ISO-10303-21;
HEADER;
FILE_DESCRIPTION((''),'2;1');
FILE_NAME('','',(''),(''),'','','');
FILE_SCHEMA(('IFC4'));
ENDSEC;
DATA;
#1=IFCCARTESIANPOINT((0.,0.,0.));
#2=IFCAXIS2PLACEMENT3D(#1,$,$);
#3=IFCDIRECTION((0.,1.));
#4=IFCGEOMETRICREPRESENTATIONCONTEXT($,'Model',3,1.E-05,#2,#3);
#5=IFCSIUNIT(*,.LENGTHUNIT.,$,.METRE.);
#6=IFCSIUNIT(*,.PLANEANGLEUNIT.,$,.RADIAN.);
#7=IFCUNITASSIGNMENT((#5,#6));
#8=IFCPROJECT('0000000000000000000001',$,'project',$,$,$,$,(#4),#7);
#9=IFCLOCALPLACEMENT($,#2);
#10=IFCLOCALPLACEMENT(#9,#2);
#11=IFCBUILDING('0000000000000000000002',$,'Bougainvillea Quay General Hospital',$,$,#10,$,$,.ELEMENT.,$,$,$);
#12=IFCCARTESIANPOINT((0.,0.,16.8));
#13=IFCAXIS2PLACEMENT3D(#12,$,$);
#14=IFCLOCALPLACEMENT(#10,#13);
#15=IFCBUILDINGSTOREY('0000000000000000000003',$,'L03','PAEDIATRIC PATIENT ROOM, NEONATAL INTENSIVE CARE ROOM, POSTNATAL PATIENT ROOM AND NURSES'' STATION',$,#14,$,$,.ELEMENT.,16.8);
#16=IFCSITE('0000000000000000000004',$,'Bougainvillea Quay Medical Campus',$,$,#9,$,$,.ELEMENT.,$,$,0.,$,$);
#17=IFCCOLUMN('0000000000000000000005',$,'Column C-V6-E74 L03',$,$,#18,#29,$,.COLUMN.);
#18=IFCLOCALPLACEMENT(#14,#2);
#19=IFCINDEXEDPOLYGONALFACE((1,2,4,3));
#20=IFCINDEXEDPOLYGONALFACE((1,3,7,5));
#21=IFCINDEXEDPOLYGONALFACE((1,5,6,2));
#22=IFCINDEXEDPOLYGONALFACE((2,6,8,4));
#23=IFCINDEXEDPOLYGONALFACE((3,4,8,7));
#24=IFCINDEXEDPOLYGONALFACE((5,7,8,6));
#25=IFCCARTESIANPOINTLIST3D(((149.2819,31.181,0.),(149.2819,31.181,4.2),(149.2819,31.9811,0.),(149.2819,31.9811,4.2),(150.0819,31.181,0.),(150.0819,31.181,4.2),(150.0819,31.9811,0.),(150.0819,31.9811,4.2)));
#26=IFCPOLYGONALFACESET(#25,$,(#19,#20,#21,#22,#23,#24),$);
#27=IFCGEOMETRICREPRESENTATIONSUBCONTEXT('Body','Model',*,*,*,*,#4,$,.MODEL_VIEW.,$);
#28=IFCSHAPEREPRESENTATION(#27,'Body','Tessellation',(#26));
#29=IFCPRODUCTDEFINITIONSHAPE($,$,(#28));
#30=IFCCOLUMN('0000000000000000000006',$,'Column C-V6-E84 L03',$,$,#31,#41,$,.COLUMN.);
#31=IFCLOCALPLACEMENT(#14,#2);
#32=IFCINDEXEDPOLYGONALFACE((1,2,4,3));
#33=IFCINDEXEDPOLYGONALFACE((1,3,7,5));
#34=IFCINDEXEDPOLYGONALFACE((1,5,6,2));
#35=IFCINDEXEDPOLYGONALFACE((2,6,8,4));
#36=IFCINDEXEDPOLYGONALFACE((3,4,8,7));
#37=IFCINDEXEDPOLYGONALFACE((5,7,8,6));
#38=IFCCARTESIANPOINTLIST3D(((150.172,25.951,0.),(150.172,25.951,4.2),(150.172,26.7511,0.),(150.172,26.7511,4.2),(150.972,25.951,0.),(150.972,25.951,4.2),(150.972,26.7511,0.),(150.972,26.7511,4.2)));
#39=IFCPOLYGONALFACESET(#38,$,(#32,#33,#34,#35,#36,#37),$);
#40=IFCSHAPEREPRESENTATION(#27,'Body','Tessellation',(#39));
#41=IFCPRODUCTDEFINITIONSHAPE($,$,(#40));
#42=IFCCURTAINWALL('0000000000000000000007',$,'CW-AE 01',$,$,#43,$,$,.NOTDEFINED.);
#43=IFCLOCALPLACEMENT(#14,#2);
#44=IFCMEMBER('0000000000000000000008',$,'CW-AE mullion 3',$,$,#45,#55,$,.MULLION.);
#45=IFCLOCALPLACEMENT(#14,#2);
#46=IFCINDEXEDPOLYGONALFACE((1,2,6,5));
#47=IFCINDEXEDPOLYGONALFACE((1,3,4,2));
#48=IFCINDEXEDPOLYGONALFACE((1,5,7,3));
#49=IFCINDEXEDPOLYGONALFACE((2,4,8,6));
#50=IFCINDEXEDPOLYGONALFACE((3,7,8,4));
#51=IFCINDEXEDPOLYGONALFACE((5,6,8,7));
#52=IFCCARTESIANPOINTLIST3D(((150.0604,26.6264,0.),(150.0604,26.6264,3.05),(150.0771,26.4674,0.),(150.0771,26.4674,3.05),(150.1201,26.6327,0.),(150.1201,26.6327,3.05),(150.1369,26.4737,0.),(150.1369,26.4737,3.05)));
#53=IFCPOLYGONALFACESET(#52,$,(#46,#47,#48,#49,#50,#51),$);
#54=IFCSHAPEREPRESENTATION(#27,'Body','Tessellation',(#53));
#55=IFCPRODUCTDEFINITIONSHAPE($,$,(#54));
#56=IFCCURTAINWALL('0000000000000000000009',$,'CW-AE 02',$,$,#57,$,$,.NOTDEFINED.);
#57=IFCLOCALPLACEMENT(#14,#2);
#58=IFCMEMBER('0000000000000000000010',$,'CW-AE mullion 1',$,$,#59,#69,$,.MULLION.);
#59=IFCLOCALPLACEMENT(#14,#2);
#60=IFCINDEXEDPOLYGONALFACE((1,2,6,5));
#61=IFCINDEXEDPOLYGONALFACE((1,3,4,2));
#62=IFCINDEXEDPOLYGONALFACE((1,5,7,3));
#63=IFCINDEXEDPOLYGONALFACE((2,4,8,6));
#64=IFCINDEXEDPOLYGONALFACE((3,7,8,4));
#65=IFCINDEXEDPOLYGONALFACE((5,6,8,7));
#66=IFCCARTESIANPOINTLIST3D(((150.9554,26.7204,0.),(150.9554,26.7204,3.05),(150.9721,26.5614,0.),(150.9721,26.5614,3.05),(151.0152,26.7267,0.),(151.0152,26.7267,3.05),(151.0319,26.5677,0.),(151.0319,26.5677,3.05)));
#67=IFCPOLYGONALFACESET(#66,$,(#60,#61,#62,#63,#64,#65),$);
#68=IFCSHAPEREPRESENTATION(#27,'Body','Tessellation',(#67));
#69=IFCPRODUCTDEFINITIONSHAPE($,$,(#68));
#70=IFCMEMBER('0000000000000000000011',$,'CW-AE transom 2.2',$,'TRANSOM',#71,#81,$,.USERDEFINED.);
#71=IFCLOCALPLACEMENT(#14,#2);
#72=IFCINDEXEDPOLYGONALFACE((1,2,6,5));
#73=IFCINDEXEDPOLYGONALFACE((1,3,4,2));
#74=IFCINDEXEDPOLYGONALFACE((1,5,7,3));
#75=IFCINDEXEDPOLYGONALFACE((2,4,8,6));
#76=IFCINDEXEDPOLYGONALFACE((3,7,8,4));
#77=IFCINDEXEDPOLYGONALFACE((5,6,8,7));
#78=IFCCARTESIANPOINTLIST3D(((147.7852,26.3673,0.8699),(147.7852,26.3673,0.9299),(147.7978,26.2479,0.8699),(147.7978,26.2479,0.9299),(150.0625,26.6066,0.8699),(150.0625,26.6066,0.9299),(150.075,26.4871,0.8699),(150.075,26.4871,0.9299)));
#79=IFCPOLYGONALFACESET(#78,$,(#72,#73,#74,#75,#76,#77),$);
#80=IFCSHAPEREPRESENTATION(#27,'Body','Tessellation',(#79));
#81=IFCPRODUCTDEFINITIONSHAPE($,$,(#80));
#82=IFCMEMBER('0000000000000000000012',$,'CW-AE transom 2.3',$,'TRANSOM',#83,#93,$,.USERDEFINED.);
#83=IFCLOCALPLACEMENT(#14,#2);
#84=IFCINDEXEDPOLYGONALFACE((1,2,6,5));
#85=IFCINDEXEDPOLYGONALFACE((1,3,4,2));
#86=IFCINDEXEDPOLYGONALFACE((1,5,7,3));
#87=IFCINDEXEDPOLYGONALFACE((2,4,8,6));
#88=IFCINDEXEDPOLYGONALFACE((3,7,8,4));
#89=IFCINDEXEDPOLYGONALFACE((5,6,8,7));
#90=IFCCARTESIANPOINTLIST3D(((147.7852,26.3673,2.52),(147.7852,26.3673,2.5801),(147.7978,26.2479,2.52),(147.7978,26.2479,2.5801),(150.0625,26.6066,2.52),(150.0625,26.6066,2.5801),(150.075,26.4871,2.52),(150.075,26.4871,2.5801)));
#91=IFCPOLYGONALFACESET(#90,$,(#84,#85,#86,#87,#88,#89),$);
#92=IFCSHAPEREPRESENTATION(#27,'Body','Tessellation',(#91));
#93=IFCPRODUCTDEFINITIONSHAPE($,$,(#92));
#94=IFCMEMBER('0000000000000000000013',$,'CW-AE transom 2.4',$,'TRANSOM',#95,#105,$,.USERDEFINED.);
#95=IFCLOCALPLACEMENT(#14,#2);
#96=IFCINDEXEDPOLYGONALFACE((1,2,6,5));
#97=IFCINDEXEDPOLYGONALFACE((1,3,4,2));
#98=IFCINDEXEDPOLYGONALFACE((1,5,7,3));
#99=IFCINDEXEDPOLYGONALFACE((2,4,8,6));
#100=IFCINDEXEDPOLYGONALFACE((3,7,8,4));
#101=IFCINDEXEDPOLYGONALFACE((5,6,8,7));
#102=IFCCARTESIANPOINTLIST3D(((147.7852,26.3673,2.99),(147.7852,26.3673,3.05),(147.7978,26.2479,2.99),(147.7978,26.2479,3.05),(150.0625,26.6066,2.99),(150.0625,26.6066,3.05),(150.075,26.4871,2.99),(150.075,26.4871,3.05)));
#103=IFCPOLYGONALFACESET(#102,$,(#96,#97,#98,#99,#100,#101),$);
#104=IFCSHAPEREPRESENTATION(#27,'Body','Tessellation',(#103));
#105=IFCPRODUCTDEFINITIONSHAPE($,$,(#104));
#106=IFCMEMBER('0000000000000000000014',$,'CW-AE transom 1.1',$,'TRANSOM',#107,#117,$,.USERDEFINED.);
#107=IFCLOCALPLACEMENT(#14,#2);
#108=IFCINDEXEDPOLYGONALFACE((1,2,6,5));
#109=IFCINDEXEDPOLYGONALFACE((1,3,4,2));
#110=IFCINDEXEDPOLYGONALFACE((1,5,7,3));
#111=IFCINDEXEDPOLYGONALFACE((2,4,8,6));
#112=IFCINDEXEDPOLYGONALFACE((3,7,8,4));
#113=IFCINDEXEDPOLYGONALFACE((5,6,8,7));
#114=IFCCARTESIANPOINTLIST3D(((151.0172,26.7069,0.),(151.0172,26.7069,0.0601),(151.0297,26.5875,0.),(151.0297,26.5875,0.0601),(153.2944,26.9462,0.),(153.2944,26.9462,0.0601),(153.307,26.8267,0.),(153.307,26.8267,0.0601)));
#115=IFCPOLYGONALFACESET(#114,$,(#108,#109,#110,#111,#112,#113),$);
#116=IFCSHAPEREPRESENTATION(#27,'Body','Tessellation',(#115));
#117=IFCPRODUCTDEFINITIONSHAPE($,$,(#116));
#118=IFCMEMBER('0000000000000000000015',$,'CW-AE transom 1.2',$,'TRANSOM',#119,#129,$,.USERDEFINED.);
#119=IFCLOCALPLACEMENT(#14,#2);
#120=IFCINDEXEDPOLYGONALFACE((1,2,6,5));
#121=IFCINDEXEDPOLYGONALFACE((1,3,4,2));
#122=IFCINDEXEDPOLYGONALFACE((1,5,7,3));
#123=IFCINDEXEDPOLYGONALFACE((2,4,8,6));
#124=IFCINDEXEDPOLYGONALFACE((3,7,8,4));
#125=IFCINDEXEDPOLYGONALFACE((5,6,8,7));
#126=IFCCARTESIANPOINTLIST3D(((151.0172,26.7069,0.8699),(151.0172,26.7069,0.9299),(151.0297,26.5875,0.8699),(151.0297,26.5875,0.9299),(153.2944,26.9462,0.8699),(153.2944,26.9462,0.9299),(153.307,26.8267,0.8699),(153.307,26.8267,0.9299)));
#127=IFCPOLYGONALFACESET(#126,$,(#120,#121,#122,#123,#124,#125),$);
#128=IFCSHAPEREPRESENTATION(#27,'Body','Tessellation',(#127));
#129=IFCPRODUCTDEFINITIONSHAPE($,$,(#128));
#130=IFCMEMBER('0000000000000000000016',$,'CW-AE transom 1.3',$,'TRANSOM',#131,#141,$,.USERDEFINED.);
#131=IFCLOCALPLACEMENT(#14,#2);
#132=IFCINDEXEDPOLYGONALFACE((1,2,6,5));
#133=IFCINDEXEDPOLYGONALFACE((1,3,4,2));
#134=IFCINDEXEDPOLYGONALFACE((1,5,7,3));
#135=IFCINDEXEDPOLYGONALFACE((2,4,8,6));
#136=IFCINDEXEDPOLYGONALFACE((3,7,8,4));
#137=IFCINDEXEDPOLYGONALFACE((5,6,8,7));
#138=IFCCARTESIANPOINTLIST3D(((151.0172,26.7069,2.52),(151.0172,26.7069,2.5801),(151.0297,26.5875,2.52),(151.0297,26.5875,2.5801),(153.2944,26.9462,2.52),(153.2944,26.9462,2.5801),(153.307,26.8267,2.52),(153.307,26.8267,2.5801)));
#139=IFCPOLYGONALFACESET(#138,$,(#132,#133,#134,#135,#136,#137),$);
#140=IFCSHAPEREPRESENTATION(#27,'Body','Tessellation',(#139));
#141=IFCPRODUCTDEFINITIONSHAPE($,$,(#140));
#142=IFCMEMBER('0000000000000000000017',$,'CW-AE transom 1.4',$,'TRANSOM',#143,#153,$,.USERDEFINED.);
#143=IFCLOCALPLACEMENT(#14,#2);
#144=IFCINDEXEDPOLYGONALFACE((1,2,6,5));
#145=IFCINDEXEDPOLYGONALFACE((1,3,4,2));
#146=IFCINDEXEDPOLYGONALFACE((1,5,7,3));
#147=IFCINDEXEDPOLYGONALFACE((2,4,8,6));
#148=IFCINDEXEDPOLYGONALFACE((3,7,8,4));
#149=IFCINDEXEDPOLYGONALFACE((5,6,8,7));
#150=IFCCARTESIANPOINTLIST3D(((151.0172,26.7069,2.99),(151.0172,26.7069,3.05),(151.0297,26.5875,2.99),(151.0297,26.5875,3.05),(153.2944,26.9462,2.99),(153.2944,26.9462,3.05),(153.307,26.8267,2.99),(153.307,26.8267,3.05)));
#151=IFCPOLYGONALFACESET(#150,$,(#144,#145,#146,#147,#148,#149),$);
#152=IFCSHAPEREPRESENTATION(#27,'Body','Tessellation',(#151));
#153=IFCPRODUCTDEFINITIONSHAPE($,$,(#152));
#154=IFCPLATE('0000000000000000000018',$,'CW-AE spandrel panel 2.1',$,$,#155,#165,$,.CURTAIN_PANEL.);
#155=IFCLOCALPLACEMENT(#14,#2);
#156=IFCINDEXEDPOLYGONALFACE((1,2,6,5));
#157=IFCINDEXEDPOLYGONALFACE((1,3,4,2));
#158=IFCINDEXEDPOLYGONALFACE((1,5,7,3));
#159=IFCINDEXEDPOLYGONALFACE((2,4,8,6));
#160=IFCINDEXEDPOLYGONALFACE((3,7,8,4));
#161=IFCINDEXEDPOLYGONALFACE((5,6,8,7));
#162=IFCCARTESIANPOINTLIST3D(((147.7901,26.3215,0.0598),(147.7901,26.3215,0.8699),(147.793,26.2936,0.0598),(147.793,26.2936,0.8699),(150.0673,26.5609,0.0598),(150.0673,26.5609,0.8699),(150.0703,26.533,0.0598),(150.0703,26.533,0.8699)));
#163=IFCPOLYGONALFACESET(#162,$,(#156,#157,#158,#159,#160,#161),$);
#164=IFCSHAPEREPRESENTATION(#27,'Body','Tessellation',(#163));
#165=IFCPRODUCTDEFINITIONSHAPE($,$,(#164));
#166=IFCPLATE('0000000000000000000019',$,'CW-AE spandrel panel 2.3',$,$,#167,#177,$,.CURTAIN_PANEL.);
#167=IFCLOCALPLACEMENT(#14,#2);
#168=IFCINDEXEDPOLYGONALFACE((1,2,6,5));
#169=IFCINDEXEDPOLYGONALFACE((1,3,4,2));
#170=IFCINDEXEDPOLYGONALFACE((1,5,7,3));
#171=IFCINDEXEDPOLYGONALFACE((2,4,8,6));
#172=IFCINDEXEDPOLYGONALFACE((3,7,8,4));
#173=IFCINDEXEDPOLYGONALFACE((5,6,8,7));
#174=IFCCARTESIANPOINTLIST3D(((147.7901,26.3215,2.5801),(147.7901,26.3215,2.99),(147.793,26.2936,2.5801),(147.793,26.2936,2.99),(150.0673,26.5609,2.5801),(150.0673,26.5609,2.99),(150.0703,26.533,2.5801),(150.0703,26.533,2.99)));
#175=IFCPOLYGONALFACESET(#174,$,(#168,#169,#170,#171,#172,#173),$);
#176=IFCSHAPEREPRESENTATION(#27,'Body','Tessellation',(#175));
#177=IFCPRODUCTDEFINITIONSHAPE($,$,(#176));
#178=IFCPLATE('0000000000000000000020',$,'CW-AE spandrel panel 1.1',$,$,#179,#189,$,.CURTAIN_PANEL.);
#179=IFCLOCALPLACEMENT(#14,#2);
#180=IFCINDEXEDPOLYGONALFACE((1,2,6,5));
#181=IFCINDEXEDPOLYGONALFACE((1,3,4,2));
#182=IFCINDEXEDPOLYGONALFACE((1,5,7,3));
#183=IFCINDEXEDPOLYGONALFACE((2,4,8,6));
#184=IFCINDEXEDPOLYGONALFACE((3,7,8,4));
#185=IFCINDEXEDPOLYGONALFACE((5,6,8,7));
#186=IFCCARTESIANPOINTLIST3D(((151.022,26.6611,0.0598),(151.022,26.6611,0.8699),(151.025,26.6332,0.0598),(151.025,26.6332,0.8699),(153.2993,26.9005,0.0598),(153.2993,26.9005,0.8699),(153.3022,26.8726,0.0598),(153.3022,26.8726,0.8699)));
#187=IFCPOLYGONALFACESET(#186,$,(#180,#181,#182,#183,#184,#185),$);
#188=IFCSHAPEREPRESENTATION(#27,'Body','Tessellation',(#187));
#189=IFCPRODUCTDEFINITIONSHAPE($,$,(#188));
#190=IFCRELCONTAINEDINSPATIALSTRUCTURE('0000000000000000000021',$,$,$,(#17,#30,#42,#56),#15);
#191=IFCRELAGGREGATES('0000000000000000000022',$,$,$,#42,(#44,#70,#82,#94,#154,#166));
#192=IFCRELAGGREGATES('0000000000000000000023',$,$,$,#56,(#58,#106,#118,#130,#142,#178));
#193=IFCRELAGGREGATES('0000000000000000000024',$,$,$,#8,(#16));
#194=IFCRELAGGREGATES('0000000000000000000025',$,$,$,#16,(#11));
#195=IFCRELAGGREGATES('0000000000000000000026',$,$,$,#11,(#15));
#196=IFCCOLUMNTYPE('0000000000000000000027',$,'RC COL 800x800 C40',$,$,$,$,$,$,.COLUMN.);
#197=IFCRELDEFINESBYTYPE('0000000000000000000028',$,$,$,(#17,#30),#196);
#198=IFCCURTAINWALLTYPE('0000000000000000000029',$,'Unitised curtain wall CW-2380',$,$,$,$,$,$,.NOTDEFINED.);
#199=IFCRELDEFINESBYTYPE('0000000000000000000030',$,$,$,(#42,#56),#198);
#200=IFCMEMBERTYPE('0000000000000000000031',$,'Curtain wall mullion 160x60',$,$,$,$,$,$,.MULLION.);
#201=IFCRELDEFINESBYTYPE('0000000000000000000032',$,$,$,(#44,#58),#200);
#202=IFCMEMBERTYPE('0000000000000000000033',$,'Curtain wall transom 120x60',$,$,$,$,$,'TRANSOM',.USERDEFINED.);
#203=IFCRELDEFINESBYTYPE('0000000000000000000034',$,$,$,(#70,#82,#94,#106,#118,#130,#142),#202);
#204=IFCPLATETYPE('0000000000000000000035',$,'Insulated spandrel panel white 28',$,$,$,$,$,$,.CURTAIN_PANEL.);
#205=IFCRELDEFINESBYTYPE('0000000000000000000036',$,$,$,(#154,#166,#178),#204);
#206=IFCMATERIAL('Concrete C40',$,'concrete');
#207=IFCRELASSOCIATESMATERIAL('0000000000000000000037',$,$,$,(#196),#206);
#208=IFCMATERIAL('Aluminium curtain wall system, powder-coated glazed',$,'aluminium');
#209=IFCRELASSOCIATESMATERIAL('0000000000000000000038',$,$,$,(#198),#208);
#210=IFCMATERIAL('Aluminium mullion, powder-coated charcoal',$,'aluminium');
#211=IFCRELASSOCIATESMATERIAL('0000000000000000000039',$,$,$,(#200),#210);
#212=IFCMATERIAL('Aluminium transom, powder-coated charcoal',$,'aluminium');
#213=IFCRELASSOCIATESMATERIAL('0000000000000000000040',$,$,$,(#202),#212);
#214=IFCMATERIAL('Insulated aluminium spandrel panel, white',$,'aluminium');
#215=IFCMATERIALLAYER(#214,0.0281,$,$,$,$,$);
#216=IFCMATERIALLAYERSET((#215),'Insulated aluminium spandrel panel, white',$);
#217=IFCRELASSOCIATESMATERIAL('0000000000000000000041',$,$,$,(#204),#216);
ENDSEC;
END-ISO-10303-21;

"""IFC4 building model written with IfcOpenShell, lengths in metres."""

from ifc_helpers import new_model, si_unit, direction, frame, origin, origin_2d, place, context, subcontext, project, spatial, rectangle, extrude, material, layer, layer_set, material_profile, profile_set, type_object, element, aggregate, save


model = new_model("IFC4")

# Units and contexts
model_context = context("Model", 3, precision=1e-05, world=origin(), true_north=direction((0.0, 1.0)))
body_context = subcontext(model_context, "Body", "Model", "MODEL_VIEW")
ifc_project = project(units=[si_unit("LENGTHUNIT", "METRE"), si_unit("PLANEANGLEUNIT", "RADIAN")], contexts=[model_context])

# Site, building, storey
site_placement = place(None, origin())
site = spatial("IfcSite", under=ifc_project, at=site_placement, Name="Bougainvillea Quay Medical Campus", CompositionType="ELEMENT", RefElevation=0.0)
building_placement = place(site_placement, origin())
building = spatial("IfcBuilding", under=site, at=building_placement, Name="Bougainvillea Quay General Hospital", CompositionType="ELEMENT")
storey_placement = place(building_placement, frame((0.0, 0.0, 16.8)))
storey = spatial("IfcBuildingStorey", under=building, at=storey_placement, Name="L03", Description="PAEDIATRIC PATIENT ROOM, NEONATAL INTENSIVE CARE ROOM, POSTNATAL PATIENT ROOM AND NURSES' STATION", CompositionType="ELEMENT", Elevation=16.8)

# Columns
ifc_material_1 = material(Name="Concrete C40", Category="concrete")
ifc_material_profile_1 = material_profile(ifc_material_1, rectangle(XDim=0.8, YDim=0.8, at=origin_2d()))
ifc_profile_set_1 = profile_set([ifc_material_profile_1], Name="Concrete C40")
column_type = type_object("IfcColumnType", Name="RC COL 800x800 C40", PredefinedType="COLUMN", material=ifc_profile_set_1)
for number, where, z_axis, x_axis, name in (
    (1, (149.6819, 31.5811, 0.0), (0.0, 0.0, 1.0), (1.0, 0.0, 0.0), "Column C-V6-E74 L03"),
    (2, (150.572, 26.3511, 0.0), (0.0, 0.0, 1.0), (1.0, 0.0, 0.0), "Column C-V6-E84 L03"),
):
    element("IfcColumn", number, at=place(storey_placement, frame(where, z_axis=z_axis, x_axis=x_axis)), inside=storey, type_object=column_type, Name=name, PredefinedType="COLUMN", context=body_context, shape_type="SweptSolid", body=[
        extrude(rectangle(XDim=0.8, YDim=0.8, at=origin_2d()), origin(), (0.0, 0.0, 1.0), 4.2),
    ])

# Curtain walls, members
ifc_material_2 = material(Name="Aluminium curtain wall system, powder-coated glazed", Category="aluminium")
curtain_wall_type = type_object("IfcCurtainWallType", Name="Unitised curtain wall CW-2380", PredefinedType="NOTDEFINED", material=ifc_material_2)
curtain_wall_1_placement = place(storey_placement, origin())
curtain_wall_1 = element("IfcCurtainWall", 3, at=curtain_wall_1_placement, inside=storey, type_object=curtain_wall_type, Name="CW-AE 01", PredefinedType="NOTDEFINED")
ifc_material_3 = material(Name="Aluminium mullion, powder-coated charcoal", Category="aluminium")
ifc_material_profile_2 = material_profile(ifc_material_3, rectangle(XDim=0.1599, YDim=0.0601, at=origin_2d()))
ifc_profile_set_2 = profile_set([ifc_material_profile_2], Name="Aluminium mullion, powder-coated charcoal")
member_type_1 = type_object("IfcMemberType", Name="Curtain wall mullion 160x60", PredefinedType="MULLION", material=ifc_profile_set_2)
member_1_placement = place(storey_placement, frame((150.0986, 26.55, 0.0), z_axis=(0.0, 0.0, 1.0), x_axis=(-0.104527, 0.994522, 0.0)))
member_1 = element("IfcMember", 4, at=member_1_placement, type_object=member_type_1, Name="CW-AE mullion 3", PredefinedType="MULLION", context=body_context, shape_type="SweptSolid", body=[
    extrude(rectangle(XDim=0.1599, YDim=0.0601, at=origin_2d()), origin(), (0.0, 0.0, 1.0), 3.05),
])
curtain_wall_2_placement = place(storey_placement, origin())
curtain_wall_2 = element("IfcCurtainWall", 5, at=curtain_wall_2_placement, inside=storey, type_object=curtain_wall_type, Name="CW-AE 02", PredefinedType="NOTDEFINED")
member_2_placement = place(storey_placement, frame((150.9937, 26.644, 0.0), z_axis=(0.0, 0.0, 1.0), x_axis=(-0.104527, 0.994522, 0.0)))
member_2 = element("IfcMember", 6, at=member_2_placement, type_object=member_type_1, Name="CW-AE mullion 1", PredefinedType="MULLION", context=body_context, shape_type="SweptSolid", body=[
    extrude(rectangle(XDim=0.1599, YDim=0.0601, at=origin_2d()), origin(), (0.0, 0.0, 1.0), 3.05),
])

# Members
ifc_material_4 = material(Name="Aluminium transom, powder-coated charcoal", Category="aluminium")
ifc_material_profile_3 = material_profile(ifc_material_4, rectangle(XDim=0.1201, YDim=0.0601, at=origin_2d()))
ifc_profile_set_3 = profile_set([ifc_material_profile_3], Name="Aluminium transom, powder-coated charcoal")
member_type_2 = type_object("IfcMemberType", Name="Curtain wall transom 120x60", ElementType="TRANSOM", PredefinedType="USERDEFINED", material=ifc_profile_set_3)
member_3_placement = place(storey_placement, frame((147.7915, 26.3076, 0.8999), z_axis=(0.994526, 0.104485, 0.0), x_axis=(-0.104485, 0.994526, 0.0)))
member_3 = element("IfcMember", 7, at=member_3_placement, type_object=member_type_2, Name="CW-AE transom 2.2", ObjectType="TRANSOM", PredefinedType="USERDEFINED", context=body_context, shape_type="SweptSolid", body=[
    extrude(rectangle(XDim=0.1201, YDim=0.0601, at=origin_2d()), origin(), (0.0, 0.0, 1.0), 2.2898),
])
member_4_placement = place(storey_placement, frame((147.7915, 26.3076, 2.55), z_axis=(0.994526, 0.104485, 0.0), x_axis=(-0.104485, 0.994526, 0.0)))
member_4 = element("IfcMember", 8, at=member_4_placement, type_object=member_type_2, Name="CW-AE transom 2.3", ObjectType="TRANSOM", PredefinedType="USERDEFINED", context=body_context, shape_type="SweptSolid", body=[
    extrude(rectangle(XDim=0.1201, YDim=0.0601, at=origin_2d()), origin(), (0.0, 0.0, 1.0), 2.2898),
])
member_5_placement = place(storey_placement, frame((147.7915, 26.3076, 3.02), z_axis=(0.994526, 0.104485, 0.0), x_axis=(-0.104485, 0.994526, 0.0)))
member_5 = element("IfcMember", 9, at=member_5_placement, type_object=member_type_2, Name="CW-AE transom 2.4", ObjectType="TRANSOM", PredefinedType="USERDEFINED", context=body_context, shape_type="SweptSolid", body=[
    extrude(rectangle(XDim=0.1201, YDim=0.0601, at=origin_2d()), origin(), (0.0, 0.0, 1.0), 2.2898),
])
member_6_placement = place(storey_placement, frame((151.0234, 26.6472, 0.03), z_axis=(0.994526, 0.104485, 0.0), x_axis=(-0.104485, 0.994526, 0.0)))
member_6 = element("IfcMember", 10, at=member_6_placement, type_object=member_type_2, Name="CW-AE transom 1.1", ObjectType="TRANSOM", PredefinedType="USERDEFINED", context=body_context, shape_type="SweptSolid", body=[
    extrude(rectangle(XDim=0.1201, YDim=0.0601, at=origin_2d()), origin(), (0.0, 0.0, 1.0), 2.2898),
])
member_7_placement = place(storey_placement, frame((151.0234, 26.6472, 0.8999), z_axis=(0.994526, 0.104485, 0.0), x_axis=(-0.104485, 0.994526, 0.0)))
member_7 = element("IfcMember", 11, at=member_7_placement, type_object=member_type_2, Name="CW-AE transom 1.2", ObjectType="TRANSOM", PredefinedType="USERDEFINED", context=body_context, shape_type="SweptSolid", body=[
    extrude(rectangle(XDim=0.1201, YDim=0.0601, at=origin_2d()), origin(), (0.0, 0.0, 1.0), 2.2898),
])
member_8_placement = place(storey_placement, frame((151.0234, 26.6472, 2.55), z_axis=(0.994526, 0.104485, 0.0), x_axis=(-0.104485, 0.994526, 0.0)))
member_8 = element("IfcMember", 12, at=member_8_placement, type_object=member_type_2, Name="CW-AE transom 1.3", ObjectType="TRANSOM", PredefinedType="USERDEFINED", context=body_context, shape_type="SweptSolid", body=[
    extrude(rectangle(XDim=0.1201, YDim=0.0601, at=origin_2d()), origin(), (0.0, 0.0, 1.0), 2.2898),
])
member_9_placement = place(storey_placement, frame((151.0234, 26.6472, 3.02), z_axis=(0.994526, 0.104485, 0.0), x_axis=(-0.104485, 0.994526, 0.0)))
member_9 = element("IfcMember", 13, at=member_9_placement, type_object=member_type_2, Name="CW-AE transom 1.4", ObjectType="TRANSOM", PredefinedType="USERDEFINED", context=body_context, shape_type="SweptSolid", body=[
    extrude(rectangle(XDim=0.1201, YDim=0.0601, at=origin_2d()), origin(), (0.0, 0.0, 1.0), 2.2898),
])

# Plates
ifc_material_5 = material(Name="Insulated aluminium spandrel panel, white", Category="aluminium")
ifc_layer_1 = layer(ifc_material_5, 0.0281)
ifc_layer_set_1 = layer_set([ifc_layer_1], Name="Insulated aluminium spandrel panel, white")
plate_type_1 = type_object("IfcPlateType", Name="Insulated spandrel panel white 28", PredefinedType="CURTAIN_PANEL", material=ifc_layer_set_1)
plate_1_placement = place(storey_placement, frame((148.9302, 26.4272, 0.0598), z_axis=(0.0, 0.0, 1.0), x_axis=(0.994522, 0.104527, 0.0)))
plate_1 = element("IfcPlate", 14, at=plate_1_placement, type_object=plate_type_1, Name="CW-AE spandrel panel 2.1", PredefinedType="CURTAIN_PANEL", context=body_context, shape_type="SweptSolid", body=[
    extrude(rectangle(XDim=2.2898, YDim=0.0281, at=origin_2d()), origin(), (0.0, 0.0, 1.0), 0.8101),
])
plate_2_placement = place(storey_placement, frame((148.9302, 26.4272, 2.5801), z_axis=(0.0, 0.0, 1.0), x_axis=(0.994522, 0.104527, 0.0)))
plate_2 = element("IfcPlate", 15, at=plate_2_placement, type_object=plate_type_1, Name="CW-AE spandrel panel 2.3", PredefinedType="CURTAIN_PANEL", context=body_context, shape_type="SweptSolid", body=[
    extrude(rectangle(XDim=2.2898, YDim=0.0281, at=origin_2d()), origin(), (0.0, 0.0, 1.0), 0.4099),
])
plate_3_placement = place(storey_placement, frame((152.1621, 26.7668, 0.0598), z_axis=(0.0, 0.0, 1.0), x_axis=(0.994522, 0.104527, 0.0)))
plate_3 = element("IfcPlate", 16, at=plate_3_placement, type_object=plate_type_1, Name="CW-AE spandrel panel 1.1", PredefinedType="CURTAIN_PANEL", context=body_context, shape_type="SweptSolid", body=[
    extrude(rectangle(XDim=2.2898, YDim=0.0281, at=origin_2d()), origin(), (0.0, 0.0, 1.0), 0.8101),
])
aggregate(curtain_wall_1, [member_1, member_3, member_4, member_5, plate_1, plate_2])
aggregate(curtain_wall_2, [member_2, member_6, member_7, member_8, member_9, plate_3])

save(model, "model.ifc")
